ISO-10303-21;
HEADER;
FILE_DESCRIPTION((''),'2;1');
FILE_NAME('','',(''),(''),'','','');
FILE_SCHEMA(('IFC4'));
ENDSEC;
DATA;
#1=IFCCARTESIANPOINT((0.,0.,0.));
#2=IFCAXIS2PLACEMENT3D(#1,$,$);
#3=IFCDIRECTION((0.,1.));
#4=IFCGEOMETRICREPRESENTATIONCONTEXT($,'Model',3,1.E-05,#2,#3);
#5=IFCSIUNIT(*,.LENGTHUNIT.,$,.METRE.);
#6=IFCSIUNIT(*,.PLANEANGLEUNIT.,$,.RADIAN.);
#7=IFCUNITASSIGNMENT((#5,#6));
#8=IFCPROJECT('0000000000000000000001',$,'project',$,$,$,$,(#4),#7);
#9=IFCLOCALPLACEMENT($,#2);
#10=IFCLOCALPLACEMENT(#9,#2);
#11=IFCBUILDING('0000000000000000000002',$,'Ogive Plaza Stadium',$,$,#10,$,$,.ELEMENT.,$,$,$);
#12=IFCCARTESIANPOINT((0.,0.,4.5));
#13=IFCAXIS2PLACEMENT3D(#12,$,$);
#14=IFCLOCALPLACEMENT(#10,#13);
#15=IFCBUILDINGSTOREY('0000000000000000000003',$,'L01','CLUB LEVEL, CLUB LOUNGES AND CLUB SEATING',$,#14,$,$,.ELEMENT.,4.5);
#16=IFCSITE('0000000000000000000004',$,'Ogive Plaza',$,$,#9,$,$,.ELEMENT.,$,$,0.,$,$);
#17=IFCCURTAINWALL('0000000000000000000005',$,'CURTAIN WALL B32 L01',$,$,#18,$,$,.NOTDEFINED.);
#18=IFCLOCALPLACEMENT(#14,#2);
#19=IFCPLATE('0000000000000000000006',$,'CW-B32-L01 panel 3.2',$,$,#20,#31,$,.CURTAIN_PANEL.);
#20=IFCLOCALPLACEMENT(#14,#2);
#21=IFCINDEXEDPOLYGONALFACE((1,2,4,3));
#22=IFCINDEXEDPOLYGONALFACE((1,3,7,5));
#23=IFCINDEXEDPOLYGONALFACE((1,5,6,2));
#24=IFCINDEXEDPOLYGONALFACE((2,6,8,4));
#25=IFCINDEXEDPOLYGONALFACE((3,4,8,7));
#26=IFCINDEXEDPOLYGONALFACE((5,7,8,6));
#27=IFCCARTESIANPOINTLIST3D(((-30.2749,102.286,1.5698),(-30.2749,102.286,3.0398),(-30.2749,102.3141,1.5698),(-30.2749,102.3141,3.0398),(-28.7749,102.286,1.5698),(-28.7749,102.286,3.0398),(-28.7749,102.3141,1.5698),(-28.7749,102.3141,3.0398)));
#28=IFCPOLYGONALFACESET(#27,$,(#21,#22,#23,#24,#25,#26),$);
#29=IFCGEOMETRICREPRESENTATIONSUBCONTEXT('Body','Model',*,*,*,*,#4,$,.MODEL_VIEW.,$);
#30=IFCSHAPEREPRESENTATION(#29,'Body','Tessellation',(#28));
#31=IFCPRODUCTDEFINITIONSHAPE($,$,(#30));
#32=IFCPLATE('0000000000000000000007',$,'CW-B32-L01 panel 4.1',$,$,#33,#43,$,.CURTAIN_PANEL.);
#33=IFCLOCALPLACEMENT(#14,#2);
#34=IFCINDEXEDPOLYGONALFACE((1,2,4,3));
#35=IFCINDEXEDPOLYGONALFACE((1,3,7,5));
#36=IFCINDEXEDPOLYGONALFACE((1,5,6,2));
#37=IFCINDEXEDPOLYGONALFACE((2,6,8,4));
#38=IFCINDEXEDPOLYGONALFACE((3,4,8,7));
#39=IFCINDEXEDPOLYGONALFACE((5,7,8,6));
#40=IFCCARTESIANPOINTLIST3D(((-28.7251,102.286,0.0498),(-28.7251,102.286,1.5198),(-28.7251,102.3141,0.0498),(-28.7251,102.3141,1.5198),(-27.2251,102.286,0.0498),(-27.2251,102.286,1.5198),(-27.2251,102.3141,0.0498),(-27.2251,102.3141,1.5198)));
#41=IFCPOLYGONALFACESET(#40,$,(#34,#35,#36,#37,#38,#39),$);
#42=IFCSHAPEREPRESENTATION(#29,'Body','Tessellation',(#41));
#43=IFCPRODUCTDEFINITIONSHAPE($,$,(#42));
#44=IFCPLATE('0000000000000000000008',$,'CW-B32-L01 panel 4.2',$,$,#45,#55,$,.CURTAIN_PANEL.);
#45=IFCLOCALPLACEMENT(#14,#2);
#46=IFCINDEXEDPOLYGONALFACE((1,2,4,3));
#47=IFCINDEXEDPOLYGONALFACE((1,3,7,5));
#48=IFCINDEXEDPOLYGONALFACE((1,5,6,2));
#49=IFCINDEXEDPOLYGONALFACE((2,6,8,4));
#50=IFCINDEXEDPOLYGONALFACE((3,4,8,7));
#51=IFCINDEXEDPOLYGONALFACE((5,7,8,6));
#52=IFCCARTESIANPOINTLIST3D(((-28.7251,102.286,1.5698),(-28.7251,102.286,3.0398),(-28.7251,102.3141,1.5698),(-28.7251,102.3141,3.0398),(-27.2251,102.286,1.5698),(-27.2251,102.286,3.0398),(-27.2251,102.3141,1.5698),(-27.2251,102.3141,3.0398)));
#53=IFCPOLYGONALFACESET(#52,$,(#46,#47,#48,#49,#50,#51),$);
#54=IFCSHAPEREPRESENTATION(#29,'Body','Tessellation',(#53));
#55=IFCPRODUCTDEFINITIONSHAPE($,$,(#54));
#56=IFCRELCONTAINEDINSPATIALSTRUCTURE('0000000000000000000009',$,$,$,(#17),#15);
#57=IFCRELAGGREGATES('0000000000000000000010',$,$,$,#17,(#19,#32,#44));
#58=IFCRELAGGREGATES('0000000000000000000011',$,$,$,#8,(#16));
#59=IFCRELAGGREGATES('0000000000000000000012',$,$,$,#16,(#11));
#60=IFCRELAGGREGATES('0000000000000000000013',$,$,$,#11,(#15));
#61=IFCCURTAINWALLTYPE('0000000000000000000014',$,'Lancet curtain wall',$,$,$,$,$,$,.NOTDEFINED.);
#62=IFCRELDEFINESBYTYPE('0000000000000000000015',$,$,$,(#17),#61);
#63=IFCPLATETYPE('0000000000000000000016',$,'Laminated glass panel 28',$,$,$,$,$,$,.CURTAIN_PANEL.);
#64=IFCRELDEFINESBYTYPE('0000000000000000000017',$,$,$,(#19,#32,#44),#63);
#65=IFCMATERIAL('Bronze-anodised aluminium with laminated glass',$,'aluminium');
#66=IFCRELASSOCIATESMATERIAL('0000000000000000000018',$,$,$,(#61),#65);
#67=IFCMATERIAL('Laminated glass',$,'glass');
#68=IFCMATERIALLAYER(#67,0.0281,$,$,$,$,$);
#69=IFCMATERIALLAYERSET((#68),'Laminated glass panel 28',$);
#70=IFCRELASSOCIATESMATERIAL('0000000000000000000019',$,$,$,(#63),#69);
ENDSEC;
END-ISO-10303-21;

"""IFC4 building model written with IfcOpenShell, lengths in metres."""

from ifc_helpers import new_model, si_unit, direction, frame, origin, origin_2d, place, context, subcontext, project, spatial, rectangle, extrude, material, layer, layer_set, type_object, element, aggregate, save


model = new_model("IFC4")

# Units and contexts
model_context = context("Model", 3, precision=1e-05, world=origin(), true_north=direction((0.0, 1.0)))
body_context = subcontext(model_context, "Body", "Model", "MODEL_VIEW")
ifc_project = project(units=[si_unit("LENGTHUNIT", "METRE"), si_unit("PLANEANGLEUNIT", "RADIAN")], contexts=[model_context])

# Site, building, storey
site_placement = place(None, origin())
site = spatial("IfcSite", under=ifc_project, at=site_placement, Name="Ogive Plaza", CompositionType="ELEMENT", RefElevation=0.0)
building_placement = place(site_placement, origin())
building = spatial("IfcBuilding", under=site, at=building_placement, Name="Ogive Plaza Stadium", CompositionType="ELEMENT")
storey_placement = place(building_placement, frame((0.0, 0.0, 4.5)))
storey = spatial("IfcBuildingStorey", under=building, at=storey_placement, Name="L01", Description="CLUB LEVEL, CLUB LOUNGES AND CLUB SEATING", CompositionType="ELEMENT", Elevation=4.5)

# Shared definitions
ifc_material_1 = material(Name="Bronze-anodised aluminium with laminated glass", Category="aluminium")
curtain_wall_type = type_object("IfcCurtainWallType", Name="Lancet curtain wall", PredefinedType="NOTDEFINED", material=ifc_material_1)

# Curtain wall
curtain_wall_1_placement = place(storey_placement, origin())
curtain_wall_1 = element("IfcCurtainWall", 1, at=curtain_wall_1_placement, inside=storey, type_object=curtain_wall_type, Name="CURTAIN WALL B32 L01", PredefinedType="NOTDEFINED")

# Plates
ifc_material_2 = material(Name="Laminated glass", Category="glass")
ifc_layer = layer(ifc_material_2, 0.0281)
ifc_layer_set = layer_set([ifc_layer], Name="Laminated glass panel 28")
plate_type = type_object("IfcPlateType", Name="Laminated glass panel 28", PredefinedType="CURTAIN_PANEL", material=ifc_layer_set)
plate_1_placement = place(storey_placement, frame((-29.5249, 102.3, 1.5698), z_axis=(0.0, 0.0, 1.0), x_axis=(1.0, 0.0, 0.0)))
plate_1 = element("IfcPlate", 2, at=plate_1_placement, type_object=plate_type, Name="CW-B32-L01 panel 3.2", PredefinedType="CURTAIN_PANEL", context=body_context, shape_type="SweptSolid", body=[
    extrude(rectangle(XDim=1.5, YDim=0.0281, at=origin_2d()), origin(), (0.0, 0.0, 1.0), 1.47),
])
plate_2_placement = place(storey_placement, frame((-27.9751, 102.3, 0.0498), z_axis=(0.0, 0.0, 1.0), x_axis=(1.0, 0.0, 0.0)))
plate_2 = element("IfcPlate", 3, at=plate_2_placement, type_object=plate_type, Name="CW-B32-L01 panel 4.1", PredefinedType="CURTAIN_PANEL", context=body_context, shape_type="SweptSolid", body=[
    extrude(rectangle(XDim=1.5, YDim=0.0281, at=origin_2d()), origin(), (0.0, 0.0, 1.0), 1.47),
])
plate_3_placement = place(storey_placement, frame((-27.9751, 102.3, 1.5698), z_axis=(0.0, 0.0, 1.0), x_axis=(1.0, 0.0, 0.0)))
plate_3 = element("IfcPlate", 4, at=plate_3_placement, type_object=plate_type, Name="CW-B32-L01 panel 4.2", PredefinedType="CURTAIN_PANEL", context=body_context, shape_type="SweptSolid", body=[
    extrude(rectangle(XDim=1.5, YDim=0.0281, at=origin_2d()), origin(), (0.0, 0.0, 1.0), 1.47),
])
aggregate(curtain_wall_1, [plate_1, plate_2, plate_3])

save(model, "model.ifc")
